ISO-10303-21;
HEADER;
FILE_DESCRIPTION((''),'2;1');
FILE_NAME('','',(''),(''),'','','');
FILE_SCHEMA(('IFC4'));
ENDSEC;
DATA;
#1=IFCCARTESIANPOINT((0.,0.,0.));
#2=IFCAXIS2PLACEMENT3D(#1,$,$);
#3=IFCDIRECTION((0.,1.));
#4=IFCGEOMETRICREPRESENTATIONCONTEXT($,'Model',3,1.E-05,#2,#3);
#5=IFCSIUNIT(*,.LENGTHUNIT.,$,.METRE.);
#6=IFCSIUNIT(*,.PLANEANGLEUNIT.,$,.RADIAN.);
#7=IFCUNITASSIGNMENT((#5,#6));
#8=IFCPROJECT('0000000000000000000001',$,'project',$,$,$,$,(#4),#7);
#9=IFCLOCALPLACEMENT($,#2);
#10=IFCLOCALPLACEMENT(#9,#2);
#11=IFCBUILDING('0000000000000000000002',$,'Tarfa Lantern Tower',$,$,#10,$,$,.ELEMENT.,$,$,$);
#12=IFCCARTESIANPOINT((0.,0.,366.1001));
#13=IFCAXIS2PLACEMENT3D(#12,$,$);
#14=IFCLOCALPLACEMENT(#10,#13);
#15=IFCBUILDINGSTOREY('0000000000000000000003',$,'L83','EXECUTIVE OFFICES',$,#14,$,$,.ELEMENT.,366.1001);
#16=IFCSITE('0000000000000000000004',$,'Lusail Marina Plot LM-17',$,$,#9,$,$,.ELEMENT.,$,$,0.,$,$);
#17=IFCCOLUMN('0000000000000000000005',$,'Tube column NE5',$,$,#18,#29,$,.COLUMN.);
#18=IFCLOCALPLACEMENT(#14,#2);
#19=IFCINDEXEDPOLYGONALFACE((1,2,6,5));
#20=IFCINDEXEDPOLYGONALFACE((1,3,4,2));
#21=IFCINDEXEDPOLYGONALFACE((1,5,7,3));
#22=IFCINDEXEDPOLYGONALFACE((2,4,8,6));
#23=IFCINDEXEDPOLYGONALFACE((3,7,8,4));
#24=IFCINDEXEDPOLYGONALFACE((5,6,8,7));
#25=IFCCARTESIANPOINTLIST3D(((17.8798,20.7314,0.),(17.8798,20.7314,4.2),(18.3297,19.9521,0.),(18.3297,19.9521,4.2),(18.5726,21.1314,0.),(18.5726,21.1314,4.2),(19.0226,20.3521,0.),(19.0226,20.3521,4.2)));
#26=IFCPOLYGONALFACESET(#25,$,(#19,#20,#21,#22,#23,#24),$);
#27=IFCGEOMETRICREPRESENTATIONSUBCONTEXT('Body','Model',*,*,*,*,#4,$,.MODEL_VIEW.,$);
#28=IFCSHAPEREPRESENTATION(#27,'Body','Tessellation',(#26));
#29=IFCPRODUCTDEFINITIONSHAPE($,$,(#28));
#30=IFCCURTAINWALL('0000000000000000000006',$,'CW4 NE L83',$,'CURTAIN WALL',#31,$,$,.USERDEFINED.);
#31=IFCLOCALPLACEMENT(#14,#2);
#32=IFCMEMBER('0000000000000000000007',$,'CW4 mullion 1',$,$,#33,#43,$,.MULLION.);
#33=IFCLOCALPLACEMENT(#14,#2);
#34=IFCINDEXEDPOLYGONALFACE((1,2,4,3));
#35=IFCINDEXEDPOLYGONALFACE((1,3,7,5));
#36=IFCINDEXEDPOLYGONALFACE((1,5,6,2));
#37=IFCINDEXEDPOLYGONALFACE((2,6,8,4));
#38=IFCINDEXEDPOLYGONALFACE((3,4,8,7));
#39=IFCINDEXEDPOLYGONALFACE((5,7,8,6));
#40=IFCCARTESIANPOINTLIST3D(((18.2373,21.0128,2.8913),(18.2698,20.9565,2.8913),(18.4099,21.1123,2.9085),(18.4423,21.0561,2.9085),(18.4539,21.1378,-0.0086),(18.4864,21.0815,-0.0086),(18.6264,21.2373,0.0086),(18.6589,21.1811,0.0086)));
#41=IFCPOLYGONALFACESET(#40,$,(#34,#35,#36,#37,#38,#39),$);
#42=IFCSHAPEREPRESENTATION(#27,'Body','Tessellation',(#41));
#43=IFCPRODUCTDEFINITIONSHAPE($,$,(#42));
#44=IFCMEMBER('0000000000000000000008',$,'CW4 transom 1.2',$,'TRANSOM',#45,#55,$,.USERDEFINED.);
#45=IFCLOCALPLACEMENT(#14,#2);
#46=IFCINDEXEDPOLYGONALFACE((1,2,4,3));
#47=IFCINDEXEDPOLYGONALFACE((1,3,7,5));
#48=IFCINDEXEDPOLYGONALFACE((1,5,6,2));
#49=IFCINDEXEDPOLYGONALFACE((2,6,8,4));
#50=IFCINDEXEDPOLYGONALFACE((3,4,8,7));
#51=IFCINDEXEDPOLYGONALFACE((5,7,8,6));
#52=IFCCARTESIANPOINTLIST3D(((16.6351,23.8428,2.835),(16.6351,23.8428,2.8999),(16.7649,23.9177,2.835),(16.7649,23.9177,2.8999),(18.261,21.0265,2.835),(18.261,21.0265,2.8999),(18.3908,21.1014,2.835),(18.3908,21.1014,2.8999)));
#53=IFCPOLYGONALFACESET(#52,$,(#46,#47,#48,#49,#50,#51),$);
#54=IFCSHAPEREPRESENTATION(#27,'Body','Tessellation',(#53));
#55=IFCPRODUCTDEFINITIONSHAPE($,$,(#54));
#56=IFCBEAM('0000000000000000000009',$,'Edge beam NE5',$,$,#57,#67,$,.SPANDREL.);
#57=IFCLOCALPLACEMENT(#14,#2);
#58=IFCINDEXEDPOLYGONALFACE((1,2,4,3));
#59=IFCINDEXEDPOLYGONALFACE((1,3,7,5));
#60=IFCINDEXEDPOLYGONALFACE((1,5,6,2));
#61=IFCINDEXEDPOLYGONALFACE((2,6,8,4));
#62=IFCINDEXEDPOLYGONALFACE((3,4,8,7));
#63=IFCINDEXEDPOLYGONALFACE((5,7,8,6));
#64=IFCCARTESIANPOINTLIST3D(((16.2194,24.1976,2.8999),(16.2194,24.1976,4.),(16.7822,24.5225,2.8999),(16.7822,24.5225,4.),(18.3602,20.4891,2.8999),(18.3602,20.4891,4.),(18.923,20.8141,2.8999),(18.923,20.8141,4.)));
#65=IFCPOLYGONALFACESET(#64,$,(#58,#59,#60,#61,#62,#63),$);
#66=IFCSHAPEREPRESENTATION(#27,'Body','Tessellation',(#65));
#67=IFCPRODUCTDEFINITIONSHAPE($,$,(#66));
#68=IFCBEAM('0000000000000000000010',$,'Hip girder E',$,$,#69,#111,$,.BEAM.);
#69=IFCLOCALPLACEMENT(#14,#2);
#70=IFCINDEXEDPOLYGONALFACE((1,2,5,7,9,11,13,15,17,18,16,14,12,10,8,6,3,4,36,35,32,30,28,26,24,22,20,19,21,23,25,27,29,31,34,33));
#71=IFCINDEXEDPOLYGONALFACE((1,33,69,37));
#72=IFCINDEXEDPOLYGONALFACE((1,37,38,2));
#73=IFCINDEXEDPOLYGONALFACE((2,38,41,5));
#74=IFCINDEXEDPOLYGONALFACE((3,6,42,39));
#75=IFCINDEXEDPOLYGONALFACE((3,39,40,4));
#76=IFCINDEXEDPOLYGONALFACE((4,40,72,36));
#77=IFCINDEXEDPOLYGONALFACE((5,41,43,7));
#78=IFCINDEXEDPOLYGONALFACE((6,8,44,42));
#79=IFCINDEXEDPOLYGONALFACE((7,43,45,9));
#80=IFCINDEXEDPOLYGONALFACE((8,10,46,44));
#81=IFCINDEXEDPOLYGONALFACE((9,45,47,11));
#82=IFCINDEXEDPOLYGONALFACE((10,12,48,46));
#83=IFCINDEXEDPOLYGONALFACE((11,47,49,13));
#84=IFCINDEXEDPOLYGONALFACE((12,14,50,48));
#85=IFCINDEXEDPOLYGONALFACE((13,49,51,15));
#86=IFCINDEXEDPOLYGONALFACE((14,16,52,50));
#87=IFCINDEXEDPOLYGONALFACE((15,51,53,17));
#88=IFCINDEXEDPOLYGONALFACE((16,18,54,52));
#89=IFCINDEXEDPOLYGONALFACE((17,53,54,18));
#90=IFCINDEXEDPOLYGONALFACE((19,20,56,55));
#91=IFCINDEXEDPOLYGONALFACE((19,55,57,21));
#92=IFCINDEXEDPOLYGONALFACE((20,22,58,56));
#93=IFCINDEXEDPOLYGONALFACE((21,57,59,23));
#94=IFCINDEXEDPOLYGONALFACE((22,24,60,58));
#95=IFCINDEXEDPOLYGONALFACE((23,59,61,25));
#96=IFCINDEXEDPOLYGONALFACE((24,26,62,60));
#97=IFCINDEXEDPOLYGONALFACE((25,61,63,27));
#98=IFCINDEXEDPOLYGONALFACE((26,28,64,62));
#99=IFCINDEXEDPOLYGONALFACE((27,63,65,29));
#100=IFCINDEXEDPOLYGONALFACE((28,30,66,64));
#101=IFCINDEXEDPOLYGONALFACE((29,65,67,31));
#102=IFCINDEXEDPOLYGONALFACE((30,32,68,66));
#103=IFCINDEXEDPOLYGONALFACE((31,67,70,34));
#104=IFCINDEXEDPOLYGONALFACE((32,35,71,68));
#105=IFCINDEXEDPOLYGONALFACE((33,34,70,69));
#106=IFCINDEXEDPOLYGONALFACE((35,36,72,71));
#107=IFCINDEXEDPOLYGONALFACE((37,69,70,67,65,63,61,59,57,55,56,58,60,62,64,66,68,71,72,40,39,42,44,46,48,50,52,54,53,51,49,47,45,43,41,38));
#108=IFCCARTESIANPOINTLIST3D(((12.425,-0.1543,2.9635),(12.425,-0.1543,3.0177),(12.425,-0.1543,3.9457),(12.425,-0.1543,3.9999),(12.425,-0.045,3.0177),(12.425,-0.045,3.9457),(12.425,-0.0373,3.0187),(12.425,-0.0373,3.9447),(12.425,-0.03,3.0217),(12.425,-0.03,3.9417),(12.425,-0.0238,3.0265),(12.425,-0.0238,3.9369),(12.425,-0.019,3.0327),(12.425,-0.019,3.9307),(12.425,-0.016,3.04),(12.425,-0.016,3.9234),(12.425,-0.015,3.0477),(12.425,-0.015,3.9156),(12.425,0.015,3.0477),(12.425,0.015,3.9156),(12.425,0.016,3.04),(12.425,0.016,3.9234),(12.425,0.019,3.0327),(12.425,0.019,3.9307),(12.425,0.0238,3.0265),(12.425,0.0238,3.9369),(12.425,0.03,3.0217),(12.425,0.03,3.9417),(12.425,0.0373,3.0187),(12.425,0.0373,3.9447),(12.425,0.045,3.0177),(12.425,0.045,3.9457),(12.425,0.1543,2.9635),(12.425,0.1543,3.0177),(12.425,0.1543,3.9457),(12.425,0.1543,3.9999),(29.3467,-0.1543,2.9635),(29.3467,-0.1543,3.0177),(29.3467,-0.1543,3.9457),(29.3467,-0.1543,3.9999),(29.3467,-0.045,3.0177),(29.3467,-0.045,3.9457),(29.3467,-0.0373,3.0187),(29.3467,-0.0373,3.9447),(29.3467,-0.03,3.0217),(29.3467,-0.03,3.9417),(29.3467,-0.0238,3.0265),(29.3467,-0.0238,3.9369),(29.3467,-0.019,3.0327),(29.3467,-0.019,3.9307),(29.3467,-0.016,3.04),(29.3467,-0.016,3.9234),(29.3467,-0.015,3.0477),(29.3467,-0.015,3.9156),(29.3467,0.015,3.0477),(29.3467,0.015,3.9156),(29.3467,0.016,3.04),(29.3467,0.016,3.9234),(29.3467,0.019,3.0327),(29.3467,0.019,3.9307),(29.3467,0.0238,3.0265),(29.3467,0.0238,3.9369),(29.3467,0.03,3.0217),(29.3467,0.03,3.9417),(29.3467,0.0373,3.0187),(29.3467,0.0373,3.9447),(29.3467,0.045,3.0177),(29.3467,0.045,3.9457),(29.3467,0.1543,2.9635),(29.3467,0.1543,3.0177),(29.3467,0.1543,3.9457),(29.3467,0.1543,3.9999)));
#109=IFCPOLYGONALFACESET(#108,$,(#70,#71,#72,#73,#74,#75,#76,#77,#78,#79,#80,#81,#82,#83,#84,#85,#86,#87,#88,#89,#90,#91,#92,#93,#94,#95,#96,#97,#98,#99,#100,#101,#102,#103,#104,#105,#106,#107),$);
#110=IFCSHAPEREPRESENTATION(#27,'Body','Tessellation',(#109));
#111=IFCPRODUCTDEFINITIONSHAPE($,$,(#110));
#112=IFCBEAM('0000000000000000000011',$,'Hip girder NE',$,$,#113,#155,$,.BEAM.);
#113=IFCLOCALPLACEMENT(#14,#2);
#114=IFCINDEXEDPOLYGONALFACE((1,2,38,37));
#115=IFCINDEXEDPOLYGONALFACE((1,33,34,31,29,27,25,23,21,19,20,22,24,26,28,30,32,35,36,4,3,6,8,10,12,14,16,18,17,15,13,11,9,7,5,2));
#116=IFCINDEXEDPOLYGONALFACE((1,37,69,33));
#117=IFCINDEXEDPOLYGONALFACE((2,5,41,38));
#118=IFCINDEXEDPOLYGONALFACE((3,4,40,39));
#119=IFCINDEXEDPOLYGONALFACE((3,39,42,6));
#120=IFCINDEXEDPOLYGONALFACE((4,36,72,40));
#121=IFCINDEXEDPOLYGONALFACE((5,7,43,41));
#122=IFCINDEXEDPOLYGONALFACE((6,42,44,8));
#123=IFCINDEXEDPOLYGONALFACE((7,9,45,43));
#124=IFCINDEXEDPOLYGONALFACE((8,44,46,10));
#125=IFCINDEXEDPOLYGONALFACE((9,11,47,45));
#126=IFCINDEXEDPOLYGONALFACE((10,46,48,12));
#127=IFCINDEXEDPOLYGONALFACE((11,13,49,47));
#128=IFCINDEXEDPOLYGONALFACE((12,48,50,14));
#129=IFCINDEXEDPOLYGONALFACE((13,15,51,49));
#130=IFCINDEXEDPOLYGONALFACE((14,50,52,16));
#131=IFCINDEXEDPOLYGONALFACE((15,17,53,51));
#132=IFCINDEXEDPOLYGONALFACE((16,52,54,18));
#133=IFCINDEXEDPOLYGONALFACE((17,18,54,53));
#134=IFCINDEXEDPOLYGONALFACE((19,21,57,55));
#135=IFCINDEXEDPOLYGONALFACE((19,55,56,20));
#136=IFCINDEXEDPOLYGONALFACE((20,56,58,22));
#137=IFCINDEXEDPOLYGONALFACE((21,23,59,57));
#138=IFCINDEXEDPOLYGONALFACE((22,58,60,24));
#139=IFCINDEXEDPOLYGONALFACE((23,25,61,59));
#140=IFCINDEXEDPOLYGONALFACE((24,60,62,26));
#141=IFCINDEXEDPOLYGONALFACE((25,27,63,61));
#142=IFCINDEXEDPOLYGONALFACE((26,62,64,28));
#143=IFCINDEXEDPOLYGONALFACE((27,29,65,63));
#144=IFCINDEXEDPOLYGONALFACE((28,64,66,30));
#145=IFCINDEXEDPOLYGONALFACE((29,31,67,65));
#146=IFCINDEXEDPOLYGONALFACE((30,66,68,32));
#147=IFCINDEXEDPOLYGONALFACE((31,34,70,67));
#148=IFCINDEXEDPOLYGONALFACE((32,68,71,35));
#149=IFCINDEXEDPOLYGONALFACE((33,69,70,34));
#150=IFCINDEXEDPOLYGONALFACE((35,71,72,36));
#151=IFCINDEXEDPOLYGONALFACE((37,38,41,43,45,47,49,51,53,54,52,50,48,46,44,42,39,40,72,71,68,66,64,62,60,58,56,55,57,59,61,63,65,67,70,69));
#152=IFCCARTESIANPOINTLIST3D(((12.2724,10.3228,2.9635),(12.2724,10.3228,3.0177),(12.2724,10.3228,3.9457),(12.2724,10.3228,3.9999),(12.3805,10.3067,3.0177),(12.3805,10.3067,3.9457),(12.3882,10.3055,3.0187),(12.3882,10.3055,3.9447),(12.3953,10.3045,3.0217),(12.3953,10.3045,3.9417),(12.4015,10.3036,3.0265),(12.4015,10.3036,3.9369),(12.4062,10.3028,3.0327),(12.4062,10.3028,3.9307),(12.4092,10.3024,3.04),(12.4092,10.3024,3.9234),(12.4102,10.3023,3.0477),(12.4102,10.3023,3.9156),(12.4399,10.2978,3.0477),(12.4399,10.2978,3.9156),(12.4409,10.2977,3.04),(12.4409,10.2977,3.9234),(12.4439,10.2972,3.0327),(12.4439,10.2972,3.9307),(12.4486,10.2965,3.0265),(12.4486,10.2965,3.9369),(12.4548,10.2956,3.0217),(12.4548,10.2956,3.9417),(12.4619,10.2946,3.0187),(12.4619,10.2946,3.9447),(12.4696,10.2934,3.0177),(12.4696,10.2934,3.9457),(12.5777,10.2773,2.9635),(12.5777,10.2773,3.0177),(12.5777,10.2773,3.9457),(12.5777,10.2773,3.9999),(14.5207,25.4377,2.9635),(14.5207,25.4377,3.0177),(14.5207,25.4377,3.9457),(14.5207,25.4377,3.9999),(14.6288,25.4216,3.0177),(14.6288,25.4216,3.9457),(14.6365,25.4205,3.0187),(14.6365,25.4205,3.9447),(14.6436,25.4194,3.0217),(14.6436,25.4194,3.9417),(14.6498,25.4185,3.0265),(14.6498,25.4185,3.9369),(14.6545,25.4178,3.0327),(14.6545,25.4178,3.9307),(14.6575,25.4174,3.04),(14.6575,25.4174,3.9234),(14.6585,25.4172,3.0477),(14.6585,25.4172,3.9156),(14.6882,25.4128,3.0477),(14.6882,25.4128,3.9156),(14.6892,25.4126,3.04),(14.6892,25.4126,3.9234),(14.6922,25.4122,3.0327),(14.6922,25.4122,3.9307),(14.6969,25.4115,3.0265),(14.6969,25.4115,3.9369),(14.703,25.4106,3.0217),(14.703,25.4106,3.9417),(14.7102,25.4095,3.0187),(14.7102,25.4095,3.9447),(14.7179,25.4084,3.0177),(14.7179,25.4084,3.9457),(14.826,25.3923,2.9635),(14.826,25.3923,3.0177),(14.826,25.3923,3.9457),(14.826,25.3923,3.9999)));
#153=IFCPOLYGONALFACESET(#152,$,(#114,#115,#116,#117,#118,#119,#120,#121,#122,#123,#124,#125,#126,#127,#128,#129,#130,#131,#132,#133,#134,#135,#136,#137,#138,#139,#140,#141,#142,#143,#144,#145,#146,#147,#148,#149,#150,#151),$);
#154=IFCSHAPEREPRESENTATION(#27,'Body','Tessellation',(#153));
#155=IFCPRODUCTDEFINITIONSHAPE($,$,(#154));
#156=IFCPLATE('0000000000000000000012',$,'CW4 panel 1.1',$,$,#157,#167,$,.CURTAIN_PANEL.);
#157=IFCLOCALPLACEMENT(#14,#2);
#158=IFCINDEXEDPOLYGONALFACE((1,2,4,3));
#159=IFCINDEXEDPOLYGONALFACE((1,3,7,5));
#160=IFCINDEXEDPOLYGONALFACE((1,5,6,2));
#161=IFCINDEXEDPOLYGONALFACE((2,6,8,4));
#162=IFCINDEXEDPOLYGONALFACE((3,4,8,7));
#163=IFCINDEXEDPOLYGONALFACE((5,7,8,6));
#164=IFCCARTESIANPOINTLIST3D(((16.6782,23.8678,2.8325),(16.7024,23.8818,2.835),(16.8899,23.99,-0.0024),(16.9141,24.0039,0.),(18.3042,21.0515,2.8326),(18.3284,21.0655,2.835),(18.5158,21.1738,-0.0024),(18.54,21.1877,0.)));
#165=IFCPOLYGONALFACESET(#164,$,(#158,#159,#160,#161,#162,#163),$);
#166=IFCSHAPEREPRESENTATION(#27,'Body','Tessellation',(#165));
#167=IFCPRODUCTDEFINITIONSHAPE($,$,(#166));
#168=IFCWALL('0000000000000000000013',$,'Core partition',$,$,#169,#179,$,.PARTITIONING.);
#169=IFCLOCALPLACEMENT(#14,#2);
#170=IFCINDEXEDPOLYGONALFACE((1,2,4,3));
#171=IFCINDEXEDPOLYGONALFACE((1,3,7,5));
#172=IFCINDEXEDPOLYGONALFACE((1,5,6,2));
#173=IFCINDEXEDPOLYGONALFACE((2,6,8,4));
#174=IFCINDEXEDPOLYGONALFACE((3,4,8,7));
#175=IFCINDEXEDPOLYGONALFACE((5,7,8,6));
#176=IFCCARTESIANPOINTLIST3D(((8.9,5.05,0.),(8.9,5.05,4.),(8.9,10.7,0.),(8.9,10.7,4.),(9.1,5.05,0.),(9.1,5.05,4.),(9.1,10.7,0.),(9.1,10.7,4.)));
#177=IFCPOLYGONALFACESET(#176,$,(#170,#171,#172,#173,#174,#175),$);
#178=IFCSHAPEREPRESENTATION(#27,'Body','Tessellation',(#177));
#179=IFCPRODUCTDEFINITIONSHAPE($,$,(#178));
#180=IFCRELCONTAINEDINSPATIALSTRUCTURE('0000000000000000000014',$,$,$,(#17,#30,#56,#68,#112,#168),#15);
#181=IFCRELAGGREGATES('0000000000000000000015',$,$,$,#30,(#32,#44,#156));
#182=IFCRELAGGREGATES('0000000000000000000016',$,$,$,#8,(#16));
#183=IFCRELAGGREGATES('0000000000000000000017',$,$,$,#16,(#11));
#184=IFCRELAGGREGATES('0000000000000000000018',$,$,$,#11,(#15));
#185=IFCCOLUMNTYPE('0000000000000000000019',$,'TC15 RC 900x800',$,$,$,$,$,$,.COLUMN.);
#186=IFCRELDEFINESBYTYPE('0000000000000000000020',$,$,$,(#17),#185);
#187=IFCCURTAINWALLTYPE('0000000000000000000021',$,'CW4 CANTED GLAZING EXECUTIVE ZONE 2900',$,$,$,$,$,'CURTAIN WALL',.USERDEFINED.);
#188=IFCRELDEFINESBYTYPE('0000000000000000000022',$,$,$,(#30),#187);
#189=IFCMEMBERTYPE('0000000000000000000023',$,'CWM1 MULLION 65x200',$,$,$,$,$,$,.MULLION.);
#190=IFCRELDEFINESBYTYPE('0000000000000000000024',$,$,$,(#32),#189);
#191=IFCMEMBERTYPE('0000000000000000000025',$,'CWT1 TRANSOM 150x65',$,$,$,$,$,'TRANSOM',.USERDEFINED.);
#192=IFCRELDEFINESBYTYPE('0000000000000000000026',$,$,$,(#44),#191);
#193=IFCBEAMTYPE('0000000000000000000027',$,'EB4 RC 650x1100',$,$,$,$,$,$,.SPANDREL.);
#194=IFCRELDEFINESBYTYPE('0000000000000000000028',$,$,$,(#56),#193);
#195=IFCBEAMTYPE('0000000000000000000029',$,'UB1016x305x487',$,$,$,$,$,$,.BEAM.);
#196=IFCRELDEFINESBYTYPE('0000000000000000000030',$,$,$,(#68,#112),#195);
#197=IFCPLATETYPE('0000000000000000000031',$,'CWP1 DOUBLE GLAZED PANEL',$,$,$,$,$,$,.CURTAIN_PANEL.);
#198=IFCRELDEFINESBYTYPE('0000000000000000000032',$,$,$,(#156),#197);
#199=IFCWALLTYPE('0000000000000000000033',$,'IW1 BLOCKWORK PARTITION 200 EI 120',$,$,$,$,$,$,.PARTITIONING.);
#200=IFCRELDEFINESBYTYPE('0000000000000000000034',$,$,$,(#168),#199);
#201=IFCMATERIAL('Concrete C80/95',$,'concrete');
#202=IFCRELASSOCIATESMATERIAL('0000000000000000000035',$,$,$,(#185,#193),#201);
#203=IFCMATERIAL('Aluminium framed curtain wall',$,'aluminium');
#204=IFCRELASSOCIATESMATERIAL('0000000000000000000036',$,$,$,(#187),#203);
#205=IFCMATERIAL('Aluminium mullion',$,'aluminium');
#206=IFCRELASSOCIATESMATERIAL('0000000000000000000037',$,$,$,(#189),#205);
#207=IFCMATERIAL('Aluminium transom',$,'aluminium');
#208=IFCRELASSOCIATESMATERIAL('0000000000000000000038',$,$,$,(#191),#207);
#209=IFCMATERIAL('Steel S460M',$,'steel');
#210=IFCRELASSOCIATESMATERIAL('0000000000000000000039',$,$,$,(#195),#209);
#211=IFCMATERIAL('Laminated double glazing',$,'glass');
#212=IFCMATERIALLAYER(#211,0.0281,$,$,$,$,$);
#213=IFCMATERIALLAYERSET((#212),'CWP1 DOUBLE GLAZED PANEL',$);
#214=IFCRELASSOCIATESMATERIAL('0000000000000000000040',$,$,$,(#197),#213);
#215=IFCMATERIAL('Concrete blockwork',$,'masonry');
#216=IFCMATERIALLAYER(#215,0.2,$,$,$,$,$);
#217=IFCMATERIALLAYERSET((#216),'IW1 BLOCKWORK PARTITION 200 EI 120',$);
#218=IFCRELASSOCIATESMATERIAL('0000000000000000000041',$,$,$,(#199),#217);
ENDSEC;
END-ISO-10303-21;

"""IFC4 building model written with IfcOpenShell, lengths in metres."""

from ifc_helpers import new_model, si_unit, direction, frame, frame_2d, origin, origin_2d, place, context, subcontext, project, spatial, polyline, rectangle, i_section, outline, extrude, material, layer, layer_set, material_profile, profile_set, type_object, element, aggregate, save


model = new_model("IFC4")

# Units and contexts
model_context = context("Model", 3, precision=1e-05, world=origin(), true_north=direction((0.0, 1.0)))
body_context = subcontext(model_context, "Body", "Model", "MODEL_VIEW")
ifc_project = project(units=[si_unit("LENGTHUNIT", "METRE"), si_unit("PLANEANGLEUNIT", "RADIAN")], contexts=[model_context])

# Site, building, storey
site_placement = place(None, origin())
site = spatial("IfcSite", under=ifc_project, at=site_placement, Name="Lusail Marina Plot LM-17", CompositionType="ELEMENT", RefElevation=0.0)
building_placement = place(site_placement, origin())
building = spatial("IfcBuilding", under=site, at=building_placement, Name="Tarfa Lantern Tower", CompositionType="ELEMENT")
storey_placement = place(building_placement, frame((0.0, 0.0, 366.1001)))
storey = spatial("IfcBuildingStorey", under=building, at=storey_placement, Name="L83", Description="EXECUTIVE OFFICES", CompositionType="ELEMENT", Elevation=366.1001)

# Column
ifc_material_1 = material(Name="Concrete C80/95", Category="concrete")
ifc_material_profile_1 = material_profile(ifc_material_1, rectangle(XDim=0.8999, YDim=0.8, at=origin_2d()), Name="RC 900x800")
ifc_profile_set_1 = profile_set([ifc_material_profile_1], Name="Concrete C80/95")
column_type = type_object("IfcColumnType", Name="TC15 RC 900x800", PredefinedType="COLUMN", material=ifc_profile_set_1)
column_placement = place(storey_placement, frame((18.4512, 20.5417, 0.0), z_axis=(0.0, 0.0, 1.0), x_axis=(-0.5, 0.866025, 0.0)))
element("IfcColumn", 1, at=column_placement, inside=storey, type_object=column_type, Name="Tube column NE5", PredefinedType="COLUMN", context=body_context, shape_type="SweptSolid", body=[
    extrude(rectangle(XDim=0.8999, YDim=0.8, at=origin_2d()), origin(), (0.0, 0.0, 1.0), 4.2),
])

# Curtain wall, members
ifc_material_2 = material(Name="Aluminium framed curtain wall", Category="aluminium")
curtain_wall_type = type_object("IfcCurtainWallType", Name="CW4 CANTED GLAZING EXECUTIVE ZONE 2900", ElementType="CURTAIN WALL", PredefinedType="USERDEFINED", material=ifc_material_2)
curtain_wall_placement = place(storey_placement, origin())
curtain_wall = element("IfcCurtainWall", 2, at=curtain_wall_placement, inside=storey, type_object=curtain_wall_type, Name="CW4 NE L83", ObjectType="CURTAIN WALL", PredefinedType="USERDEFINED")
ifc_material_3 = material(Name="Aluminium mullion", Category="aluminium")
ifc_material_profile_2 = material_profile(ifc_material_3, rectangle(XDim=0.0649, YDim=0.2, at=origin_2d()), Name="AL MULLION 65x200")
ifc_profile_set_2 = profile_set([ifc_material_profile_2], Name="Aluminium mullion")
member_type_1 = type_object("IfcMemberType", Name="CWM1 MULLION 65x200", PredefinedType="MULLION", material=ifc_profile_set_2)
member_1_placement = place(storey_placement, frame((18.5564, 21.1594, 0.0), z_axis=(-0.0744, -0.042946, 0.996303), x_axis=(0.49992, -0.866072, 0.0)))
member_1 = element("IfcMember", 3, at=member_1_placement, type_object=member_type_1, Name="CW4 mullion 1", PredefinedType="MULLION", context=body_context, shape_type="SweptSolid", body=[
    extrude(rectangle(XDim=0.0649, YDim=0.2, at=origin_2d()), origin(), (0.0, 0.0, 1.0), 2.9106),
])
ifc_material_4 = material(Name="Aluminium transom", Category="aluminium")
ifc_material_profile_3 = material_profile(ifc_material_4, rectangle(XDim=0.1499, YDim=0.0649, at=origin_2d()), Name="AL TRANSOM 150x65")
ifc_profile_set_3 = profile_set([ifc_material_profile_3], Name="Aluminium transom")
member_type_2 = type_object("IfcMemberType", Name="CWT1 TRANSOM 150x65", ElementType="TRANSOM", PredefinedType="USERDEFINED", material=ifc_profile_set_3)
member_2_placement = place(storey_placement, frame((18.3259, 21.064, 2.8674), z_axis=(-0.499982, 0.866036, 0.0), x_axis=(-0.866036, -0.499982, 0.0)))
member_2 = element("IfcMember", 4, at=member_2_placement, type_object=member_type_2, Name="CW4 transom 1.2", ObjectType="TRANSOM", PredefinedType="USERDEFINED", context=body_context, shape_type="SweptSolid", body=[
    extrude(rectangle(XDim=0.1499, YDim=0.0649, at=origin_2d()), origin(), (0.0, 0.0, 1.0), 3.252),
])

# Beams
ifc_material_profile_4 = material_profile(ifc_material_1, rectangle(XDim=0.6499, YDim=1.1001, at=origin_2d()), Name="RC 650x1100")
ifc_profile_set_4 = profile_set([ifc_material_profile_4], Name="Concrete C80/95")
beam_type_1 = type_object("IfcBeamType", Name="EB4 RC 650x1100", PredefinedType="SPANDREL", material=ifc_profile_set_4)
beam_1_placement = place(storey_placement, frame((18.6416, 20.6516, 3.45), z_axis=(-0.499959, 0.866049, 0.0), x_axis=(-0.866049, -0.499959, 0.0)))
element("IfcBeam", 5, at=beam_1_placement, inside=storey, type_object=beam_type_1, Name="Edge beam NE5", PredefinedType="SPANDREL", context=body_context, shape_type="SweptSolid", body=[
    extrude(rectangle(XDim=0.6499, YDim=1.1001, at=origin_2d()), origin(), (0.0, 0.0, 1.0), 4.282),
])
ifc_material_5 = material(Name="Steel S460M", Category="steel")
ifc_material_profile_5 = material_profile(ifc_material_5, i_section(OverallWidth=0.3086, OverallDepth=1.0364, WebThickness=0.03, FlangeThickness=0.0542, FilletRadius=0.03, at=origin_2d()), Name="UB1016x305x487")
ifc_profile_set_5 = profile_set([ifc_material_profile_5], Name="Steel S460M")
beam_type_2 = type_object("IfcBeamType", Name="UB1016x305x487", PredefinedType="BEAM", material=ifc_profile_set_5)
beam_2_placement = place(storey_placement, frame((12.425, 0.0, 3.4817), z_axis=(1.0, 0.0, 0.0), x_axis=(0.0, 1.0, 0.0)))
element("IfcBeam", 6, at=beam_2_placement, inside=storey, type_object=beam_type_2, Name="Hip girder E", PredefinedType="BEAM", context=body_context, shape_type="SweptSolid", body=[
    extrude(i_section(OverallWidth=0.3086, OverallDepth=1.0364, WebThickness=0.03, FlangeThickness=0.0542, FilletRadius=0.03, at=origin_2d()), origin(), (0.0, 0.0, 1.0), 16.9216),
])
beam_3_placement = place(storey_placement, frame((12.425, 10.3, 3.4817), z_axis=(0.147127, 0.989118, 0.0), x_axis=(-0.989118, 0.147127, 0.0)))
element("IfcBeam", 7, at=beam_3_placement, inside=storey, type_object=beam_type_2, Name="Hip girder NE", PredefinedType="BEAM", context=body_context, shape_type="SweptSolid", body=[
    extrude(i_section(OverallWidth=0.3086, OverallDepth=1.0364, WebThickness=0.03, FlangeThickness=0.0542, FilletRadius=0.03, at=origin_2d()), origin(), (0.0, 0.0, 1.0), 15.2812),
])

# Plate
ifc_material_6 = material(Name="Laminated double glazing", Category="glass")
ifc_layer_1 = layer(ifc_material_6, 0.0281)
ifc_layer_set_1 = layer_set([ifc_layer_1], Name="CWP1 DOUBLE GLAZED PANEL")
plate_type = type_object("IfcPlateType", Name="CWP1 DOUBLE GLAZED PANEL", PredefinedType="CURTAIN_PANEL", material=ifc_layer_set_1)
plate_placement = place(storey_placement, frame((18.54, 21.1877, 0.0), z_axis=(0.862826, 0.498151, 0.085893), x_axis=(-0.499999, 0.866026, 0.000002)))
plate = element("IfcPlate", 8, at=plate_placement, type_object=plate_type, Name="CW4 panel 1.1", PredefinedType="CURTAIN_PANEL", context=body_context, shape_type="SweptSolid", body=[
    extrude(outline(polyline([(0.0, 0.0), (3.2519, 0.0), (3.252, 2.8455), (-0.0001, 2.8455), (0.0, 0.0)])), origin(), (0.0, 0.0, -1.0), 0.0281),
])
aggregate(curtain_wall, [member_1, member_2, plate])

# Wall
ifc_material_7 = material(Name="Concrete blockwork", Category="masonry")
ifc_layer_2 = layer(ifc_material_7, 0.2)
ifc_layer_set_2 = layer_set([ifc_layer_2], Name="IW1 BLOCKWORK PARTITION 200 EI 120")
wall_type_1 = type_object("IfcWallType", Name="IW1 BLOCKWORK PARTITION 200 EI 120", PredefinedType="PARTITIONING", material=ifc_layer_set_2)
for number, where, z_axis, x_axis, name in (
    (9, (9.0, 5.05, 0.0), (0.0, 0.0, 1.0), (0.0, 1.0, 0.0), "Core partition"),
):
    element("IfcWall", number, at=place(storey_placement, frame(where, z_axis=z_axis, x_axis=x_axis)), inside=storey, type_object=wall_type_1, Name=name, PredefinedType="PARTITIONING", context=body_context, shape_type="SweptSolid", body=[
        extrude(rectangle(XDim=5.6499, YDim=0.2, at=frame_2d((2.825, 0.0))), origin(), (0.0, 0.0, 1.0), 4.0),
    ])

save(model, "model.ifc")
